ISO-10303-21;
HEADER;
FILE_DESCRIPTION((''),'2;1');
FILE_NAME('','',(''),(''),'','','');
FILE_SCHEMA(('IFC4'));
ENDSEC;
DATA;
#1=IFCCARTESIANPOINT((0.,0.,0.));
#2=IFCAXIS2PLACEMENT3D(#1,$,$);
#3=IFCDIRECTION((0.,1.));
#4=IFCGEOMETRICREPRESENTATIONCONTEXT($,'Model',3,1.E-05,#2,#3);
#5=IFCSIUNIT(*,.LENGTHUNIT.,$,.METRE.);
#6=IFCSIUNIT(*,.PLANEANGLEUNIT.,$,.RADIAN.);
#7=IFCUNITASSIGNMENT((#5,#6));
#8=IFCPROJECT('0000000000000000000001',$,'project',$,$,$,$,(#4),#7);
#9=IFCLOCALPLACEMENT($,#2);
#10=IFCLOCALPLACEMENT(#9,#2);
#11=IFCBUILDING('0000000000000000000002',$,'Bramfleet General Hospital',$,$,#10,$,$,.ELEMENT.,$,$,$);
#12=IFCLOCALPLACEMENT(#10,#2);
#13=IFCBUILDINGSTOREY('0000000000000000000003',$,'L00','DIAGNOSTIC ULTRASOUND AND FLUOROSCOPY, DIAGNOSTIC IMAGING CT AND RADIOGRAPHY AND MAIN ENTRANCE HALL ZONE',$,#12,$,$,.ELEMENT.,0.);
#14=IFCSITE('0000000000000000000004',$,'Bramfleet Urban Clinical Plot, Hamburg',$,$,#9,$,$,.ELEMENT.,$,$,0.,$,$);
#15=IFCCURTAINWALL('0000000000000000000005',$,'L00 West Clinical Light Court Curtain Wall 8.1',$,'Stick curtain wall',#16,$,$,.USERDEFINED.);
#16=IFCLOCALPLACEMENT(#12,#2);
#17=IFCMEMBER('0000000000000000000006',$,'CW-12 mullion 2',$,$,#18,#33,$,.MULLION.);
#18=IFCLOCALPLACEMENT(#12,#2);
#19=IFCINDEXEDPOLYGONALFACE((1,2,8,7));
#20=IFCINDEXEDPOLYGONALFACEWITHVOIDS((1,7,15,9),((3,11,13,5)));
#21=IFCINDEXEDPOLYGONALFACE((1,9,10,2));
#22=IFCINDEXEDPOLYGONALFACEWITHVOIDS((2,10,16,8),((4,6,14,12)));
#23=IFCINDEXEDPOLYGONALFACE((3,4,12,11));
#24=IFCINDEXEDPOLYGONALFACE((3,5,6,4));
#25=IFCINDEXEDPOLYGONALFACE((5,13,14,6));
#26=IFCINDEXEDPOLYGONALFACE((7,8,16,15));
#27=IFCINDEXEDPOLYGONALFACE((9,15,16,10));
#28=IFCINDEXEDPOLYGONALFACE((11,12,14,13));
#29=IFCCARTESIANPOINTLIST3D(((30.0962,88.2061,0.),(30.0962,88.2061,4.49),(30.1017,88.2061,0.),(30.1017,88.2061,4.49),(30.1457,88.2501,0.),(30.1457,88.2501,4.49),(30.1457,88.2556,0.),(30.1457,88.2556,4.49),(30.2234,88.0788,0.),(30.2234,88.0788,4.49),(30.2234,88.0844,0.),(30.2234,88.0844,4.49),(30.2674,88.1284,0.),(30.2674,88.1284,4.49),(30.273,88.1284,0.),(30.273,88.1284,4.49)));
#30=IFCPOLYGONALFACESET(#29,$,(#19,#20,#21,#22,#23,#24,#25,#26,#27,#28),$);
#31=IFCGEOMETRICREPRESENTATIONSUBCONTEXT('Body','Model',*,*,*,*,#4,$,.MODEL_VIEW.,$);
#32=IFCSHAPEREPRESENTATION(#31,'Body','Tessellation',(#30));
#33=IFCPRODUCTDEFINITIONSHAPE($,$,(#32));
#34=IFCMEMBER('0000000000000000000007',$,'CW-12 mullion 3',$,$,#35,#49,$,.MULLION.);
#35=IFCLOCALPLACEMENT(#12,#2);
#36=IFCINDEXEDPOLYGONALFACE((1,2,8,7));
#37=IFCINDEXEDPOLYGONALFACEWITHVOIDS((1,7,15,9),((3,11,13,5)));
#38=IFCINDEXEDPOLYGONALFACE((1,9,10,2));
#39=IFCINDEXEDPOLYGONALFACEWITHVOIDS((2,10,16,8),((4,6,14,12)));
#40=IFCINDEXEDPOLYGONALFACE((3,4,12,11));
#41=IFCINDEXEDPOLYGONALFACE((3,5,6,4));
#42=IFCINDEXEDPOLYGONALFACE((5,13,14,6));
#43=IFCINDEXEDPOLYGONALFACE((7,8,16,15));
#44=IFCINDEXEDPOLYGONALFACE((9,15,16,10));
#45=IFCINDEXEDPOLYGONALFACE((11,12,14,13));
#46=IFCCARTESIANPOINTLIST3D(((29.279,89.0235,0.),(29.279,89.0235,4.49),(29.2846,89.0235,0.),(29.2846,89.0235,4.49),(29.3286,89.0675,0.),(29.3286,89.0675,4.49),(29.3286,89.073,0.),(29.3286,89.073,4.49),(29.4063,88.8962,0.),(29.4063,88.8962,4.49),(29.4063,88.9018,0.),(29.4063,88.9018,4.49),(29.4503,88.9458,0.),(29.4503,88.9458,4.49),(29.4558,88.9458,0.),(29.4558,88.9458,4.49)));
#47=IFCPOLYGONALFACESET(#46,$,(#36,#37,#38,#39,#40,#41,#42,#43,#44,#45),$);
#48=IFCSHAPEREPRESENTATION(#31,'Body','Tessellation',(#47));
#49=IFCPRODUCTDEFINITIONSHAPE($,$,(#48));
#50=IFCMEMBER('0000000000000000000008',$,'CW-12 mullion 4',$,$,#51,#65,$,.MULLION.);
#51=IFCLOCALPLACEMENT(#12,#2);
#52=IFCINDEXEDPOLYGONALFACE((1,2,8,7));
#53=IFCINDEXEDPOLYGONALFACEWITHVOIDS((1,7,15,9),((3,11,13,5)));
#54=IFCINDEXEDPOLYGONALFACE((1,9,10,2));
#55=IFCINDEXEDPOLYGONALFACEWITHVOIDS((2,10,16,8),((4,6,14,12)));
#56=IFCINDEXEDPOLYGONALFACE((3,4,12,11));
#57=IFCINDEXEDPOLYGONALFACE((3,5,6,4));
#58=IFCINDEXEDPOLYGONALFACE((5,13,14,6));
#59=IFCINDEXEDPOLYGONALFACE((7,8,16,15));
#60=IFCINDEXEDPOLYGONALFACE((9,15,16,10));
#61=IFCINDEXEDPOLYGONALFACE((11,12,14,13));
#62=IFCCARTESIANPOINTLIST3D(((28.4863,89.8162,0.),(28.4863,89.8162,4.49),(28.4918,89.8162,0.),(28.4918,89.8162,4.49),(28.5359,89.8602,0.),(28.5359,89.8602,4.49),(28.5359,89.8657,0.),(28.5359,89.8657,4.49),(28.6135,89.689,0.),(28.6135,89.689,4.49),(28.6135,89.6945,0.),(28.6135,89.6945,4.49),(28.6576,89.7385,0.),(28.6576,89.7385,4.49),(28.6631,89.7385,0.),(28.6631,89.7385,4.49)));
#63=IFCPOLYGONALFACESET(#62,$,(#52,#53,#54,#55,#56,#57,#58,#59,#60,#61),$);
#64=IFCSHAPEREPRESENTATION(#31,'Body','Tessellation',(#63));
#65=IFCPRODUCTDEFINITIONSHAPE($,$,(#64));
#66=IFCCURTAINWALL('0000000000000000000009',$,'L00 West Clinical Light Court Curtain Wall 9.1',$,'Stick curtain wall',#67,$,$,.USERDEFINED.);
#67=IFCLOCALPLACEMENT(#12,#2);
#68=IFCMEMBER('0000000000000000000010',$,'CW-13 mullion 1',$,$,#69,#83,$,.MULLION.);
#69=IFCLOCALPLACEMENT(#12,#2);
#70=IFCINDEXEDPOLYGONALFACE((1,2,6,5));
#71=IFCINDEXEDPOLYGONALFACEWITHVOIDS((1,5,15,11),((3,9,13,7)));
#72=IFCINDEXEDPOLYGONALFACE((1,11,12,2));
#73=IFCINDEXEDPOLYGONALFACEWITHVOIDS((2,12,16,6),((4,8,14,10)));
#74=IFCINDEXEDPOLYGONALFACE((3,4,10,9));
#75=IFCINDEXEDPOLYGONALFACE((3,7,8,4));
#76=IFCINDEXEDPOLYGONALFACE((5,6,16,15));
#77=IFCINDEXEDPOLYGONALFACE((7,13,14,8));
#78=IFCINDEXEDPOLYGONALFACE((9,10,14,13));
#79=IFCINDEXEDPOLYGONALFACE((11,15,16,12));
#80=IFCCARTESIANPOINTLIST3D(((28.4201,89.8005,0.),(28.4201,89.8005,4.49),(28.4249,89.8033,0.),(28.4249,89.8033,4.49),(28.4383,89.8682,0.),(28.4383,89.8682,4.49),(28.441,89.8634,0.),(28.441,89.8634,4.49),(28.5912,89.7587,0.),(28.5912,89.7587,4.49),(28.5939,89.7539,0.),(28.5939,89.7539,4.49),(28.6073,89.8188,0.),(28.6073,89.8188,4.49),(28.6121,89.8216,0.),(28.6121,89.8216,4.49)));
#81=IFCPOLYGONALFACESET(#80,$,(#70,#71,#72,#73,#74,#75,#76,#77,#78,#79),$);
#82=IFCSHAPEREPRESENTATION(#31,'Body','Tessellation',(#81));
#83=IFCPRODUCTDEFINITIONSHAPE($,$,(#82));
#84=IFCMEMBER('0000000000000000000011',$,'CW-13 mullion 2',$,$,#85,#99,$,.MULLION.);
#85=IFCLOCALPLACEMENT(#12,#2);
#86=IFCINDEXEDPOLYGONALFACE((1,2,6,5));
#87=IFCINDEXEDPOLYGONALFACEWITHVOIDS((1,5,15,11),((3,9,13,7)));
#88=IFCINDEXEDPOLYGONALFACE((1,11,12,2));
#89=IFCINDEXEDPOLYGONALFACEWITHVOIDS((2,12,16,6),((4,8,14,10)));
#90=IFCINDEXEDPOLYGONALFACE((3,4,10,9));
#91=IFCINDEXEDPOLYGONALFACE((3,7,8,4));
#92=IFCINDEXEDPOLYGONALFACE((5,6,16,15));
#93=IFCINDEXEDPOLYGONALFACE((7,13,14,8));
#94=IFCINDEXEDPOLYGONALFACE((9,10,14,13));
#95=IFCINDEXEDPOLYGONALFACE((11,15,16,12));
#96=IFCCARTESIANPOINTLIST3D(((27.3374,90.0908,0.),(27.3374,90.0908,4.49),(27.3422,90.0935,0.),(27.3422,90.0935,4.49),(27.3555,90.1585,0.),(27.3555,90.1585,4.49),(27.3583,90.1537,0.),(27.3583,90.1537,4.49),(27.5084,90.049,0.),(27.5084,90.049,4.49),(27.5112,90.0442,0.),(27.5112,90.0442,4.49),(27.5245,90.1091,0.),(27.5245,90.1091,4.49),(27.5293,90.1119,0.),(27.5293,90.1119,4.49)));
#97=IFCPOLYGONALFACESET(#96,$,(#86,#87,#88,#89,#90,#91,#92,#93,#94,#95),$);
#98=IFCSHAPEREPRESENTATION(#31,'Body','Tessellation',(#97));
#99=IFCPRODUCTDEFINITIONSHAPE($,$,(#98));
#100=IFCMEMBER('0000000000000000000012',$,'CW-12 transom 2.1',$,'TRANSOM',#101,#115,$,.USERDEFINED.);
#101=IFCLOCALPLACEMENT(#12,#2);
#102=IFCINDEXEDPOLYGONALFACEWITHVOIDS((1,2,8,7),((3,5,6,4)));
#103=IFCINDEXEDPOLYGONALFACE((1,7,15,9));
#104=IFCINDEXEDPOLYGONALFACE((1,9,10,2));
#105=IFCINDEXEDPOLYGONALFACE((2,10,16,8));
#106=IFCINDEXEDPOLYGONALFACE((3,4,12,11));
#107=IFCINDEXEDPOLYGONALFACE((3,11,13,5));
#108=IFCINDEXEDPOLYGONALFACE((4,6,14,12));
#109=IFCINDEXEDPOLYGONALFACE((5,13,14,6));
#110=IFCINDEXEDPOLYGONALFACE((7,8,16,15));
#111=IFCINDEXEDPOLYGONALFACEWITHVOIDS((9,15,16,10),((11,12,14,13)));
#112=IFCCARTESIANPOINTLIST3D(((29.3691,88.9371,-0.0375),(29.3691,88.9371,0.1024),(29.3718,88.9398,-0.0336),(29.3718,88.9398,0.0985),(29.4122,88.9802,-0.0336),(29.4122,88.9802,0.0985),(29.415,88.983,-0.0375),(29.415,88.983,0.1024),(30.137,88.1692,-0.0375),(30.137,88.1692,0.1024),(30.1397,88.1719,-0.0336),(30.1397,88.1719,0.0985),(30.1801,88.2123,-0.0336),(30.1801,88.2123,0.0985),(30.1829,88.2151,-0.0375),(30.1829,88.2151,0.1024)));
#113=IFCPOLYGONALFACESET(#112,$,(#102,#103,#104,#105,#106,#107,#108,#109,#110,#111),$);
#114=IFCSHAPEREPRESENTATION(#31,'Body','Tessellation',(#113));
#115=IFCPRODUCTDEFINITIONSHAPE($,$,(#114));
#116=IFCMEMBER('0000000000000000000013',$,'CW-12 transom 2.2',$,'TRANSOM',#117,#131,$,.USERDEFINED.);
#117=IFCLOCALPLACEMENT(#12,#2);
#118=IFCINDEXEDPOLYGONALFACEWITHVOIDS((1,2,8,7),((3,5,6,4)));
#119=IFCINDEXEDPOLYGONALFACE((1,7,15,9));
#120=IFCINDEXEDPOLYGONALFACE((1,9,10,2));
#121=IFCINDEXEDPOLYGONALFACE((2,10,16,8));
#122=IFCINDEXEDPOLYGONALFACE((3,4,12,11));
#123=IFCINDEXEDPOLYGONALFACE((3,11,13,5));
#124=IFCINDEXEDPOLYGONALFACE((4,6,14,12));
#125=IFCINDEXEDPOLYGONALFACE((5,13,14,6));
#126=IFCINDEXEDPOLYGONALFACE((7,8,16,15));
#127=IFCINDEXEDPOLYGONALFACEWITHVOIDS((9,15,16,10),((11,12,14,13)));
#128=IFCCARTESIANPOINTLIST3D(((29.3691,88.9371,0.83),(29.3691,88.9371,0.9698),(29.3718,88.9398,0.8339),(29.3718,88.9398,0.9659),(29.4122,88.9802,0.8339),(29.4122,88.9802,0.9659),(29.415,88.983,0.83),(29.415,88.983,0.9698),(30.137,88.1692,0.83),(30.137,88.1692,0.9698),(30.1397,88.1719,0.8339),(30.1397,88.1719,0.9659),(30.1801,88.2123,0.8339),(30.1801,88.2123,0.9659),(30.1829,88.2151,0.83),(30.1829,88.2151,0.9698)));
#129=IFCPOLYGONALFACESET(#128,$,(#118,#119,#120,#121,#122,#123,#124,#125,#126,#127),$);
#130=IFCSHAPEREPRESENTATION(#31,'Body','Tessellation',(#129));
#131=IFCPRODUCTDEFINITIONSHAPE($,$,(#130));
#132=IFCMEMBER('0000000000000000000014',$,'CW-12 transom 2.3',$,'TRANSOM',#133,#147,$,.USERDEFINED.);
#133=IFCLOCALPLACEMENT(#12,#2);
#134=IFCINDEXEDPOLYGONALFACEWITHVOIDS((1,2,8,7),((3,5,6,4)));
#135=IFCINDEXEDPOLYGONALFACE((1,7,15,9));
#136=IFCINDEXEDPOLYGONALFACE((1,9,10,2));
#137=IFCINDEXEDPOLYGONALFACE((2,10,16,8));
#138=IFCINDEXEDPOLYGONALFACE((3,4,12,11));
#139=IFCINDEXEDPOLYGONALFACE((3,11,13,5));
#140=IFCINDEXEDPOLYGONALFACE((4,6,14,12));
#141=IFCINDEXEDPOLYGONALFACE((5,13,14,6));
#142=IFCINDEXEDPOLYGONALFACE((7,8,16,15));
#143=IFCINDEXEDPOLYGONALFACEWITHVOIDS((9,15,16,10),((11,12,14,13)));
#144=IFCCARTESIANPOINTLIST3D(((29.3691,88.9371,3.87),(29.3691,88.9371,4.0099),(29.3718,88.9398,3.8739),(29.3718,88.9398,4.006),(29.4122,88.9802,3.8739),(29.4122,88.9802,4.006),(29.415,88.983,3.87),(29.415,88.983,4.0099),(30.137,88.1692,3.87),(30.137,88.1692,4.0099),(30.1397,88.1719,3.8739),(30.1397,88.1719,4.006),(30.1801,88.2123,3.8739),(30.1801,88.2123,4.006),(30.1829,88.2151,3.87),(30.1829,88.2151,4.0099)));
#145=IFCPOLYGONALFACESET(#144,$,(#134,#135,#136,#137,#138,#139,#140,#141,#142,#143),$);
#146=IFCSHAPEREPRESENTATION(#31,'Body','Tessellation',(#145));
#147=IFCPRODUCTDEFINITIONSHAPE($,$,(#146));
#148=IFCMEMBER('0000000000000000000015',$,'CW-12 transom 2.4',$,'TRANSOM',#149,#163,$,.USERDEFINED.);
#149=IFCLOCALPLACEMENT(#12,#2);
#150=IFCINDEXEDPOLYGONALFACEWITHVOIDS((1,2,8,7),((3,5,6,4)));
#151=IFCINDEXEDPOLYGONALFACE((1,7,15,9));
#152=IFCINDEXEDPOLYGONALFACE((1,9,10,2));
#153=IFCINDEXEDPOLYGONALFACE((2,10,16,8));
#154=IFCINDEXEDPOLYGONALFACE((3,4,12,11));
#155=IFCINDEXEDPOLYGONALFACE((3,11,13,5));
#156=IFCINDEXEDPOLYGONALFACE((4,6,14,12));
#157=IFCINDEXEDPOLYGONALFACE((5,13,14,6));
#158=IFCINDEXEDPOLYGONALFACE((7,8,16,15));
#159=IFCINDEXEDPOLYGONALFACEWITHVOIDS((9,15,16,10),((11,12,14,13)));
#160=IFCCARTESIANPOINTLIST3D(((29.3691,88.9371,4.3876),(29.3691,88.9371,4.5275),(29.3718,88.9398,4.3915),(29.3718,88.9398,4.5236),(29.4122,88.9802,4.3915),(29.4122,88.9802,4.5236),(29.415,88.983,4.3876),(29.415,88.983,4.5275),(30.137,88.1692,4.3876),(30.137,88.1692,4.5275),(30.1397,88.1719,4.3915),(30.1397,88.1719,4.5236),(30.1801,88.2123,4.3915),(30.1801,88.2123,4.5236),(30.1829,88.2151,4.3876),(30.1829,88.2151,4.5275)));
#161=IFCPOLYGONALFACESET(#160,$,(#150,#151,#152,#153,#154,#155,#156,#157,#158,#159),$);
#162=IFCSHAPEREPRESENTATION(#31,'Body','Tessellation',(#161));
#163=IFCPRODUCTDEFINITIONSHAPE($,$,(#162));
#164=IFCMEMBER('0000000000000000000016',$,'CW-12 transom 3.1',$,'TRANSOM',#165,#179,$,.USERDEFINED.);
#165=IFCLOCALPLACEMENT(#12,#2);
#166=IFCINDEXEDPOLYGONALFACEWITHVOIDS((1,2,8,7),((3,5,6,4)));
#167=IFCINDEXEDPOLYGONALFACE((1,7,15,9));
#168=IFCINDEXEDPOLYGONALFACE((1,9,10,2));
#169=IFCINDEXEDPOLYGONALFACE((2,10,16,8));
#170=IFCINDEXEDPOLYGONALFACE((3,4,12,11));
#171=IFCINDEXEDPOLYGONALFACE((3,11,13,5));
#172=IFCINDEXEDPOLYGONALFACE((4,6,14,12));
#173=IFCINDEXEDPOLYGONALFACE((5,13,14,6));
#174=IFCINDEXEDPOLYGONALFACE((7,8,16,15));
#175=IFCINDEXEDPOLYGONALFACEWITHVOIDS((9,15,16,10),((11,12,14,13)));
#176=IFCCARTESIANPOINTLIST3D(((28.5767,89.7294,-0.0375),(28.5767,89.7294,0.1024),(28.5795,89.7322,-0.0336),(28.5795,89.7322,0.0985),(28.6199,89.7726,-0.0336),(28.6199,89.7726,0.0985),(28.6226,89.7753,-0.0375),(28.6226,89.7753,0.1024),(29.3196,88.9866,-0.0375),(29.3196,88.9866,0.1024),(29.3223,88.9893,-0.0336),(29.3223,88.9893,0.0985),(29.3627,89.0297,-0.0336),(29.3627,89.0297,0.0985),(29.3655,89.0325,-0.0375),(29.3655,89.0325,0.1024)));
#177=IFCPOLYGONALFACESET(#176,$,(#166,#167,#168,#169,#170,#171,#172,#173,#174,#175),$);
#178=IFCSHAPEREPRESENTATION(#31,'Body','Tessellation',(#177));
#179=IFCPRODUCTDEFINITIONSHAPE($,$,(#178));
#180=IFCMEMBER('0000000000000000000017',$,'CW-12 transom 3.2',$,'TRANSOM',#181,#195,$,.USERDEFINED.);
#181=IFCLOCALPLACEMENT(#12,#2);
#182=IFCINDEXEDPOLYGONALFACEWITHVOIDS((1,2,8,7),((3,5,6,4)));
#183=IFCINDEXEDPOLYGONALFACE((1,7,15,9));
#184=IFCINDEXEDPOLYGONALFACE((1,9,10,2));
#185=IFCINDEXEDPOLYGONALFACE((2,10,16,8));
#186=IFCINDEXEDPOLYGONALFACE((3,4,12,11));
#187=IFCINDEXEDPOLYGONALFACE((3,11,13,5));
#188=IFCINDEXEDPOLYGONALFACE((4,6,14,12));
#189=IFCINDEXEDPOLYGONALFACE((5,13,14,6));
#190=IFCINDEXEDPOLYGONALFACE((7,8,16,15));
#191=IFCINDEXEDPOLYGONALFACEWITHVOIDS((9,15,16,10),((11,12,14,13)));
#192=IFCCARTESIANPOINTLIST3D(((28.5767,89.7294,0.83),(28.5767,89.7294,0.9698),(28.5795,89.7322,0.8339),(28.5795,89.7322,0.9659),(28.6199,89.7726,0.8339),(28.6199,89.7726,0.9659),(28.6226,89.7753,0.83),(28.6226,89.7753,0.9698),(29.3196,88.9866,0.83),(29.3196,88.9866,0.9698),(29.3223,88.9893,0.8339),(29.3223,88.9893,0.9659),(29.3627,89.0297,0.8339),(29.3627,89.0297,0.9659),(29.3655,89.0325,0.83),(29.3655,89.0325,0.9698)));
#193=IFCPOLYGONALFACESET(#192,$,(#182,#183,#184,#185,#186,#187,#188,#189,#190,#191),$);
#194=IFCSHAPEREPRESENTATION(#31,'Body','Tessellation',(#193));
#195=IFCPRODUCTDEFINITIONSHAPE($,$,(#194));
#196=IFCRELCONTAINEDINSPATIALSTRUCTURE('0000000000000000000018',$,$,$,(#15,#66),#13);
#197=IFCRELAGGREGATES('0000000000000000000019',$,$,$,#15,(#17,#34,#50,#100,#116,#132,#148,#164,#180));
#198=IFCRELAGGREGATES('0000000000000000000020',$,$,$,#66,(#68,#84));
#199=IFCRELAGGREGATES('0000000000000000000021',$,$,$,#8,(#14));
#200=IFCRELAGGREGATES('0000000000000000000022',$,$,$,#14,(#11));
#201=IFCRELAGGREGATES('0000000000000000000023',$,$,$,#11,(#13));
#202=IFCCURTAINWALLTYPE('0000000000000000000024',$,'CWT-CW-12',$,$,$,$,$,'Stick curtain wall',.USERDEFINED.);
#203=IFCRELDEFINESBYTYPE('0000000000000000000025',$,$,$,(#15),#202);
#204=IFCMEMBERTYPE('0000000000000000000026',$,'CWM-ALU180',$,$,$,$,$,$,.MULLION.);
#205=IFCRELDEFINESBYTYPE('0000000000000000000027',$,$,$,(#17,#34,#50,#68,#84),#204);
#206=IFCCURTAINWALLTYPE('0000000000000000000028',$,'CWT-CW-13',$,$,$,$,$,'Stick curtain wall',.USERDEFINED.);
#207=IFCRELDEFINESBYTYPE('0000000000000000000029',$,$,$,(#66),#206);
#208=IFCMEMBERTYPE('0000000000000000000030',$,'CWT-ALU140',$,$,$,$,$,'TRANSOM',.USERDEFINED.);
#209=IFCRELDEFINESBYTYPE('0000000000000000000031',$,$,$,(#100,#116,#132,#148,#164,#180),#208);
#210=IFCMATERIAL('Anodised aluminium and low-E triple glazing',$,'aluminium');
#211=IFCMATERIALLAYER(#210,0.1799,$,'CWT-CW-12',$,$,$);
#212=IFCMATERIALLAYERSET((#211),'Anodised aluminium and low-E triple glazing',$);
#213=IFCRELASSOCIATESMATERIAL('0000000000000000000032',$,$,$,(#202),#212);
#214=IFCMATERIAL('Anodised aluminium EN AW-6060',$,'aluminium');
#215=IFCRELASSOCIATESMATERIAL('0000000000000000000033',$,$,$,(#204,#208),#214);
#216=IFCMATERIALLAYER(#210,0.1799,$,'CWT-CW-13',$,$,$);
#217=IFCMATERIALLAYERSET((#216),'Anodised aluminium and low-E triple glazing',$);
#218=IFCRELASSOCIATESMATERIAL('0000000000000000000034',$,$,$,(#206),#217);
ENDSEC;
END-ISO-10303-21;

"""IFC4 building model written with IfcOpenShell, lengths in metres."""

from ifc_helpers import new_model, si_unit, direction, frame, origin, origin_2d, place, context, subcontext, project, spatial, hollow_rectangle, extrude, material, layer, layer_set, material_profile, profile_set, type_object, element, aggregate, save


model = new_model("IFC4")

# Units and contexts
model_context = context("Model", 3, precision=1e-05, world=origin(), true_north=direction((0.0, 1.0)))
body_context = subcontext(model_context, "Body", "Model", "MODEL_VIEW")
ifc_project = project(units=[si_unit("LENGTHUNIT", "METRE"), si_unit("PLANEANGLEUNIT", "RADIAN")], contexts=[model_context])

# Site, building, storey
site_placement = place(None, origin())
site = spatial("IfcSite", under=ifc_project, at=site_placement, Name="Bramfleet Urban Clinical Plot, Hamburg", CompositionType="ELEMENT", RefElevation=0.0)
building_placement = place(site_placement, origin())
building = spatial("IfcBuilding", under=site, at=building_placement, Name="Bramfleet General Hospital", CompositionType="ELEMENT")
storey_placement = place(building_placement, origin())
storey = spatial("IfcBuildingStorey", under=building, at=storey_placement, Name="L00", Description="DIAGNOSTIC ULTRASOUND AND FLUOROSCOPY, DIAGNOSTIC IMAGING CT AND RADIOGRAPHY AND MAIN ENTRANCE HALL ZONE", CompositionType="ELEMENT", Elevation=0.0)

# Curtain walls, members
ifc_material_1 = material(Name="Anodised aluminium and low-E triple glazing", Category="aluminium")
ifc_layer_1 = layer(ifc_material_1, 0.1799, Name="CWT-CW-12")
ifc_layer_set_1 = layer_set([ifc_layer_1], Name="Anodised aluminium and low-E triple glazing")
curtain_wall_type_1 = type_object("IfcCurtainWallType", Name="CWT-CW-12", ElementType="Stick curtain wall", PredefinedType="USERDEFINED", material=ifc_layer_set_1)
curtain_wall_1_placement = place(storey_placement, origin())
curtain_wall_1 = element("IfcCurtainWall", 1, at=curtain_wall_1_placement, inside=storey, type_object=curtain_wall_type_1, Name="L00 West Clinical Light Court Curtain Wall 8.1", ObjectType="Stick curtain wall", PredefinedType="USERDEFINED")
ifc_material_2 = material(Name="Anodised aluminium EN AW-6060", Category="aluminium")
ifc_material_profile_1 = material_profile(ifc_material_2, hollow_rectangle(XDim=0.0701, YDim=0.1799, WallThickness=0.0039, at=origin_2d()), Name="ALU 180x70x4.0")
ifc_profile_set_1 = profile_set([ifc_material_profile_1], Name="Anodised aluminium EN AW-6060")
member_type_1 = type_object("IfcMemberType", Name="CWM-ALU180", PredefinedType="MULLION", material=ifc_profile_set_1)
member_1_placement = place(storey_placement, frame((30.1846, 88.1672, 0.0), z_axis=(0.0, 0.0, 1.0), x_axis=(-0.707107, -0.707107, 0.0)))
member_1 = element("IfcMember", 2, at=member_1_placement, type_object=member_type_1, Name="CW-12 mullion 2", PredefinedType="MULLION", context=body_context, shape_type="SweptSolid", body=[
    extrude(hollow_rectangle(XDim=0.0701, YDim=0.1799, WallThickness=0.0039, at=origin_2d()), origin(), (0.0, 0.0, 1.0), 4.49),
])
member_2_placement = place(storey_placement, frame((29.3674, 88.9846, 0.0), z_axis=(0.0, 0.0, 1.0), x_axis=(-0.707107, -0.707107, 0.0)))
member_2 = element("IfcMember", 3, at=member_2_placement, type_object=member_type_1, Name="CW-12 mullion 3", PredefinedType="MULLION", context=body_context, shape_type="SweptSolid", body=[
    extrude(hollow_rectangle(XDim=0.0701, YDim=0.1799, WallThickness=0.0039, at=origin_2d()), origin(), (0.0, 0.0, 1.0), 4.49),
])
member_3_placement = place(storey_placement, frame((28.5747, 89.7773, 0.0), z_axis=(0.0, 0.0, 1.0), x_axis=(-0.707107, -0.707107, 0.0)))
member_3 = element("IfcMember", 4, at=member_3_placement, type_object=member_type_1, Name="CW-12 mullion 4", PredefinedType="MULLION", context=body_context, shape_type="SweptSolid", body=[
    extrude(hollow_rectangle(XDim=0.0701, YDim=0.1799, WallThickness=0.0039, at=origin_2d()), origin(), (0.0, 0.0, 1.0), 4.49),
])
ifc_layer_2 = layer(ifc_material_1, 0.1799, Name="CWT-CW-13")
ifc_layer_set_2 = layer_set([ifc_layer_2], Name="Anodised aluminium and low-E triple glazing")
curtain_wall_type_2 = type_object("IfcCurtainWallType", Name="CWT-CW-13", ElementType="Stick curtain wall", PredefinedType="USERDEFINED", material=ifc_layer_set_2)
curtain_wall_2_placement = place(storey_placement, origin())
curtain_wall_2 = element("IfcCurtainWall", 5, at=curtain_wall_2_placement, inside=storey, type_object=curtain_wall_type_2, Name="L00 West Clinical Light Court Curtain Wall 9.1", ObjectType="Stick curtain wall", PredefinedType="USERDEFINED")
member_4_placement = place(storey_placement, frame((28.5161, 89.811, 0.0), z_axis=(0.0, 0.0, 1.0), x_axis=(-0.258919, -0.965899, 0.0)))
member_4 = element("IfcMember", 6, at=member_4_placement, type_object=member_type_1, Name="CW-13 mullion 1", PredefinedType="MULLION", context=body_context, shape_type="SweptSolid", body=[
    extrude(hollow_rectangle(XDim=0.0701, YDim=0.1799, WallThickness=0.0039, at=origin_2d()), origin(), (0.0, 0.0, 1.0), 4.49),
])
member_5_placement = place(storey_placement, frame((27.4333, 90.1013, 0.0), z_axis=(0.0, 0.0, 1.0), x_axis=(-0.258919, -0.965899, 0.0)))
member_5 = element("IfcMember", 7, at=member_5_placement, type_object=member_type_1, Name="CW-13 mullion 2", PredefinedType="MULLION", context=body_context, shape_type="SweptSolid", body=[
    extrude(hollow_rectangle(XDim=0.0701, YDim=0.1799, WallThickness=0.0039, at=origin_2d()), origin(), (0.0, 0.0, 1.0), 4.49),
])

# Members
ifc_material_profile_2 = material_profile(ifc_material_2, hollow_rectangle(XDim=0.0649, YDim=0.1399, WallThickness=0.0039, at=origin_2d()), Name="ALU 140x65x4.0")
ifc_profile_set_2 = profile_set([ifc_material_profile_2], Name="Anodised aluminium EN AW-6060")
member_type_2 = type_object("IfcMemberType", Name="CWT-ALU140", ElementType="TRANSOM", PredefinedType="USERDEFINED", material=ifc_profile_set_2)
member_6_placement = place(storey_placement, frame((30.1599, 88.1921, 0.0325), z_axis=(-0.707107, 0.707107, 0.0), x_axis=(-0.707107, -0.707107, 0.0)))
member_6 = element("IfcMember", 8, at=member_6_placement, type_object=member_type_2, Name="CW-12 transom 2.1", ObjectType="TRANSOM", PredefinedType="USERDEFINED", context=body_context, shape_type="SweptSolid", body=[
    extrude(hollow_rectangle(XDim=0.0649, YDim=0.1399, WallThickness=0.0039, at=origin_2d()), origin(), (0.0, 0.0, 1.0), 1.0859),
])
member_7_placement = place(storey_placement, frame((30.1599, 88.1921, 0.8999), z_axis=(-0.707107, 0.707107, 0.0), x_axis=(-0.707107, -0.707107, 0.0)))
member_7 = element("IfcMember", 9, at=member_7_placement, type_object=member_type_2, Name="CW-12 transom 2.2", ObjectType="TRANSOM", PredefinedType="USERDEFINED", context=body_context, shape_type="SweptSolid", body=[
    extrude(hollow_rectangle(XDim=0.0649, YDim=0.1399, WallThickness=0.0039, at=origin_2d()), origin(), (0.0, 0.0, 1.0), 1.0859),
])
member_8_placement = place(storey_placement, frame((30.1599, 88.1921, 3.9399), z_axis=(-0.707107, 0.707107, 0.0), x_axis=(-0.707107, -0.707107, 0.0)))
member_8 = element("IfcMember", 10, at=member_8_placement, type_object=member_type_2, Name="CW-12 transom 2.3", ObjectType="TRANSOM", PredefinedType="USERDEFINED", context=body_context, shape_type="SweptSolid", body=[
    extrude(hollow_rectangle(XDim=0.0649, YDim=0.1399, WallThickness=0.0039, at=origin_2d()), origin(), (0.0, 0.0, 1.0), 1.0859),
])
member_9_placement = place(storey_placement, frame((30.1599, 88.1921, 4.4575), z_axis=(-0.707107, 0.707107, 0.0), x_axis=(-0.707107, -0.707107, 0.0)))
member_9 = element("IfcMember", 11, at=member_9_placement, type_object=member_type_2, Name="CW-12 transom 2.4", ObjectType="TRANSOM", PredefinedType="USERDEFINED", context=body_context, shape_type="SweptSolid", body=[
    extrude(hollow_rectangle(XDim=0.0649, YDim=0.1399, WallThickness=0.0039, at=origin_2d()), origin(), (0.0, 0.0, 1.0), 1.0859),
])
member_10_placement = place(storey_placement, frame((29.3425, 89.0095, 0.0325), z_axis=(-0.707107, 0.707107, 0.0), x_axis=(-0.707107, -0.707107, 0.0)))
member_10 = element("IfcMember", 12, at=member_10_placement, type_object=member_type_2, Name="CW-12 transom 3.1", ObjectType="TRANSOM", PredefinedType="USERDEFINED", context=body_context, shape_type="SweptSolid", body=[
    extrude(hollow_rectangle(XDim=0.0649, YDim=0.1399, WallThickness=0.0039, at=origin_2d()), origin(), (0.0, 0.0, 1.0), 1.0505),
])
member_11_placement = place(storey_placement, frame((29.3425, 89.0095, 0.8999), z_axis=(-0.707107, 0.707107, 0.0), x_axis=(-0.707107, -0.707107, 0.0)))
member_11 = element("IfcMember", 13, at=member_11_placement, type_object=member_type_2, Name="CW-12 transom 3.2", ObjectType="TRANSOM", PredefinedType="USERDEFINED", context=body_context, shape_type="SweptSolid", body=[
    extrude(hollow_rectangle(XDim=0.0649, YDim=0.1399, WallThickness=0.0039, at=origin_2d()), origin(), (0.0, 0.0, 1.0), 1.0505),
])

aggregate(curtain_wall_1, [member_1, member_2, member_3, member_6, member_7, member_8, member_9, member_10, member_11])
aggregate(curtain_wall_2, [member_4, member_5])

save(model, "model.ifc")
